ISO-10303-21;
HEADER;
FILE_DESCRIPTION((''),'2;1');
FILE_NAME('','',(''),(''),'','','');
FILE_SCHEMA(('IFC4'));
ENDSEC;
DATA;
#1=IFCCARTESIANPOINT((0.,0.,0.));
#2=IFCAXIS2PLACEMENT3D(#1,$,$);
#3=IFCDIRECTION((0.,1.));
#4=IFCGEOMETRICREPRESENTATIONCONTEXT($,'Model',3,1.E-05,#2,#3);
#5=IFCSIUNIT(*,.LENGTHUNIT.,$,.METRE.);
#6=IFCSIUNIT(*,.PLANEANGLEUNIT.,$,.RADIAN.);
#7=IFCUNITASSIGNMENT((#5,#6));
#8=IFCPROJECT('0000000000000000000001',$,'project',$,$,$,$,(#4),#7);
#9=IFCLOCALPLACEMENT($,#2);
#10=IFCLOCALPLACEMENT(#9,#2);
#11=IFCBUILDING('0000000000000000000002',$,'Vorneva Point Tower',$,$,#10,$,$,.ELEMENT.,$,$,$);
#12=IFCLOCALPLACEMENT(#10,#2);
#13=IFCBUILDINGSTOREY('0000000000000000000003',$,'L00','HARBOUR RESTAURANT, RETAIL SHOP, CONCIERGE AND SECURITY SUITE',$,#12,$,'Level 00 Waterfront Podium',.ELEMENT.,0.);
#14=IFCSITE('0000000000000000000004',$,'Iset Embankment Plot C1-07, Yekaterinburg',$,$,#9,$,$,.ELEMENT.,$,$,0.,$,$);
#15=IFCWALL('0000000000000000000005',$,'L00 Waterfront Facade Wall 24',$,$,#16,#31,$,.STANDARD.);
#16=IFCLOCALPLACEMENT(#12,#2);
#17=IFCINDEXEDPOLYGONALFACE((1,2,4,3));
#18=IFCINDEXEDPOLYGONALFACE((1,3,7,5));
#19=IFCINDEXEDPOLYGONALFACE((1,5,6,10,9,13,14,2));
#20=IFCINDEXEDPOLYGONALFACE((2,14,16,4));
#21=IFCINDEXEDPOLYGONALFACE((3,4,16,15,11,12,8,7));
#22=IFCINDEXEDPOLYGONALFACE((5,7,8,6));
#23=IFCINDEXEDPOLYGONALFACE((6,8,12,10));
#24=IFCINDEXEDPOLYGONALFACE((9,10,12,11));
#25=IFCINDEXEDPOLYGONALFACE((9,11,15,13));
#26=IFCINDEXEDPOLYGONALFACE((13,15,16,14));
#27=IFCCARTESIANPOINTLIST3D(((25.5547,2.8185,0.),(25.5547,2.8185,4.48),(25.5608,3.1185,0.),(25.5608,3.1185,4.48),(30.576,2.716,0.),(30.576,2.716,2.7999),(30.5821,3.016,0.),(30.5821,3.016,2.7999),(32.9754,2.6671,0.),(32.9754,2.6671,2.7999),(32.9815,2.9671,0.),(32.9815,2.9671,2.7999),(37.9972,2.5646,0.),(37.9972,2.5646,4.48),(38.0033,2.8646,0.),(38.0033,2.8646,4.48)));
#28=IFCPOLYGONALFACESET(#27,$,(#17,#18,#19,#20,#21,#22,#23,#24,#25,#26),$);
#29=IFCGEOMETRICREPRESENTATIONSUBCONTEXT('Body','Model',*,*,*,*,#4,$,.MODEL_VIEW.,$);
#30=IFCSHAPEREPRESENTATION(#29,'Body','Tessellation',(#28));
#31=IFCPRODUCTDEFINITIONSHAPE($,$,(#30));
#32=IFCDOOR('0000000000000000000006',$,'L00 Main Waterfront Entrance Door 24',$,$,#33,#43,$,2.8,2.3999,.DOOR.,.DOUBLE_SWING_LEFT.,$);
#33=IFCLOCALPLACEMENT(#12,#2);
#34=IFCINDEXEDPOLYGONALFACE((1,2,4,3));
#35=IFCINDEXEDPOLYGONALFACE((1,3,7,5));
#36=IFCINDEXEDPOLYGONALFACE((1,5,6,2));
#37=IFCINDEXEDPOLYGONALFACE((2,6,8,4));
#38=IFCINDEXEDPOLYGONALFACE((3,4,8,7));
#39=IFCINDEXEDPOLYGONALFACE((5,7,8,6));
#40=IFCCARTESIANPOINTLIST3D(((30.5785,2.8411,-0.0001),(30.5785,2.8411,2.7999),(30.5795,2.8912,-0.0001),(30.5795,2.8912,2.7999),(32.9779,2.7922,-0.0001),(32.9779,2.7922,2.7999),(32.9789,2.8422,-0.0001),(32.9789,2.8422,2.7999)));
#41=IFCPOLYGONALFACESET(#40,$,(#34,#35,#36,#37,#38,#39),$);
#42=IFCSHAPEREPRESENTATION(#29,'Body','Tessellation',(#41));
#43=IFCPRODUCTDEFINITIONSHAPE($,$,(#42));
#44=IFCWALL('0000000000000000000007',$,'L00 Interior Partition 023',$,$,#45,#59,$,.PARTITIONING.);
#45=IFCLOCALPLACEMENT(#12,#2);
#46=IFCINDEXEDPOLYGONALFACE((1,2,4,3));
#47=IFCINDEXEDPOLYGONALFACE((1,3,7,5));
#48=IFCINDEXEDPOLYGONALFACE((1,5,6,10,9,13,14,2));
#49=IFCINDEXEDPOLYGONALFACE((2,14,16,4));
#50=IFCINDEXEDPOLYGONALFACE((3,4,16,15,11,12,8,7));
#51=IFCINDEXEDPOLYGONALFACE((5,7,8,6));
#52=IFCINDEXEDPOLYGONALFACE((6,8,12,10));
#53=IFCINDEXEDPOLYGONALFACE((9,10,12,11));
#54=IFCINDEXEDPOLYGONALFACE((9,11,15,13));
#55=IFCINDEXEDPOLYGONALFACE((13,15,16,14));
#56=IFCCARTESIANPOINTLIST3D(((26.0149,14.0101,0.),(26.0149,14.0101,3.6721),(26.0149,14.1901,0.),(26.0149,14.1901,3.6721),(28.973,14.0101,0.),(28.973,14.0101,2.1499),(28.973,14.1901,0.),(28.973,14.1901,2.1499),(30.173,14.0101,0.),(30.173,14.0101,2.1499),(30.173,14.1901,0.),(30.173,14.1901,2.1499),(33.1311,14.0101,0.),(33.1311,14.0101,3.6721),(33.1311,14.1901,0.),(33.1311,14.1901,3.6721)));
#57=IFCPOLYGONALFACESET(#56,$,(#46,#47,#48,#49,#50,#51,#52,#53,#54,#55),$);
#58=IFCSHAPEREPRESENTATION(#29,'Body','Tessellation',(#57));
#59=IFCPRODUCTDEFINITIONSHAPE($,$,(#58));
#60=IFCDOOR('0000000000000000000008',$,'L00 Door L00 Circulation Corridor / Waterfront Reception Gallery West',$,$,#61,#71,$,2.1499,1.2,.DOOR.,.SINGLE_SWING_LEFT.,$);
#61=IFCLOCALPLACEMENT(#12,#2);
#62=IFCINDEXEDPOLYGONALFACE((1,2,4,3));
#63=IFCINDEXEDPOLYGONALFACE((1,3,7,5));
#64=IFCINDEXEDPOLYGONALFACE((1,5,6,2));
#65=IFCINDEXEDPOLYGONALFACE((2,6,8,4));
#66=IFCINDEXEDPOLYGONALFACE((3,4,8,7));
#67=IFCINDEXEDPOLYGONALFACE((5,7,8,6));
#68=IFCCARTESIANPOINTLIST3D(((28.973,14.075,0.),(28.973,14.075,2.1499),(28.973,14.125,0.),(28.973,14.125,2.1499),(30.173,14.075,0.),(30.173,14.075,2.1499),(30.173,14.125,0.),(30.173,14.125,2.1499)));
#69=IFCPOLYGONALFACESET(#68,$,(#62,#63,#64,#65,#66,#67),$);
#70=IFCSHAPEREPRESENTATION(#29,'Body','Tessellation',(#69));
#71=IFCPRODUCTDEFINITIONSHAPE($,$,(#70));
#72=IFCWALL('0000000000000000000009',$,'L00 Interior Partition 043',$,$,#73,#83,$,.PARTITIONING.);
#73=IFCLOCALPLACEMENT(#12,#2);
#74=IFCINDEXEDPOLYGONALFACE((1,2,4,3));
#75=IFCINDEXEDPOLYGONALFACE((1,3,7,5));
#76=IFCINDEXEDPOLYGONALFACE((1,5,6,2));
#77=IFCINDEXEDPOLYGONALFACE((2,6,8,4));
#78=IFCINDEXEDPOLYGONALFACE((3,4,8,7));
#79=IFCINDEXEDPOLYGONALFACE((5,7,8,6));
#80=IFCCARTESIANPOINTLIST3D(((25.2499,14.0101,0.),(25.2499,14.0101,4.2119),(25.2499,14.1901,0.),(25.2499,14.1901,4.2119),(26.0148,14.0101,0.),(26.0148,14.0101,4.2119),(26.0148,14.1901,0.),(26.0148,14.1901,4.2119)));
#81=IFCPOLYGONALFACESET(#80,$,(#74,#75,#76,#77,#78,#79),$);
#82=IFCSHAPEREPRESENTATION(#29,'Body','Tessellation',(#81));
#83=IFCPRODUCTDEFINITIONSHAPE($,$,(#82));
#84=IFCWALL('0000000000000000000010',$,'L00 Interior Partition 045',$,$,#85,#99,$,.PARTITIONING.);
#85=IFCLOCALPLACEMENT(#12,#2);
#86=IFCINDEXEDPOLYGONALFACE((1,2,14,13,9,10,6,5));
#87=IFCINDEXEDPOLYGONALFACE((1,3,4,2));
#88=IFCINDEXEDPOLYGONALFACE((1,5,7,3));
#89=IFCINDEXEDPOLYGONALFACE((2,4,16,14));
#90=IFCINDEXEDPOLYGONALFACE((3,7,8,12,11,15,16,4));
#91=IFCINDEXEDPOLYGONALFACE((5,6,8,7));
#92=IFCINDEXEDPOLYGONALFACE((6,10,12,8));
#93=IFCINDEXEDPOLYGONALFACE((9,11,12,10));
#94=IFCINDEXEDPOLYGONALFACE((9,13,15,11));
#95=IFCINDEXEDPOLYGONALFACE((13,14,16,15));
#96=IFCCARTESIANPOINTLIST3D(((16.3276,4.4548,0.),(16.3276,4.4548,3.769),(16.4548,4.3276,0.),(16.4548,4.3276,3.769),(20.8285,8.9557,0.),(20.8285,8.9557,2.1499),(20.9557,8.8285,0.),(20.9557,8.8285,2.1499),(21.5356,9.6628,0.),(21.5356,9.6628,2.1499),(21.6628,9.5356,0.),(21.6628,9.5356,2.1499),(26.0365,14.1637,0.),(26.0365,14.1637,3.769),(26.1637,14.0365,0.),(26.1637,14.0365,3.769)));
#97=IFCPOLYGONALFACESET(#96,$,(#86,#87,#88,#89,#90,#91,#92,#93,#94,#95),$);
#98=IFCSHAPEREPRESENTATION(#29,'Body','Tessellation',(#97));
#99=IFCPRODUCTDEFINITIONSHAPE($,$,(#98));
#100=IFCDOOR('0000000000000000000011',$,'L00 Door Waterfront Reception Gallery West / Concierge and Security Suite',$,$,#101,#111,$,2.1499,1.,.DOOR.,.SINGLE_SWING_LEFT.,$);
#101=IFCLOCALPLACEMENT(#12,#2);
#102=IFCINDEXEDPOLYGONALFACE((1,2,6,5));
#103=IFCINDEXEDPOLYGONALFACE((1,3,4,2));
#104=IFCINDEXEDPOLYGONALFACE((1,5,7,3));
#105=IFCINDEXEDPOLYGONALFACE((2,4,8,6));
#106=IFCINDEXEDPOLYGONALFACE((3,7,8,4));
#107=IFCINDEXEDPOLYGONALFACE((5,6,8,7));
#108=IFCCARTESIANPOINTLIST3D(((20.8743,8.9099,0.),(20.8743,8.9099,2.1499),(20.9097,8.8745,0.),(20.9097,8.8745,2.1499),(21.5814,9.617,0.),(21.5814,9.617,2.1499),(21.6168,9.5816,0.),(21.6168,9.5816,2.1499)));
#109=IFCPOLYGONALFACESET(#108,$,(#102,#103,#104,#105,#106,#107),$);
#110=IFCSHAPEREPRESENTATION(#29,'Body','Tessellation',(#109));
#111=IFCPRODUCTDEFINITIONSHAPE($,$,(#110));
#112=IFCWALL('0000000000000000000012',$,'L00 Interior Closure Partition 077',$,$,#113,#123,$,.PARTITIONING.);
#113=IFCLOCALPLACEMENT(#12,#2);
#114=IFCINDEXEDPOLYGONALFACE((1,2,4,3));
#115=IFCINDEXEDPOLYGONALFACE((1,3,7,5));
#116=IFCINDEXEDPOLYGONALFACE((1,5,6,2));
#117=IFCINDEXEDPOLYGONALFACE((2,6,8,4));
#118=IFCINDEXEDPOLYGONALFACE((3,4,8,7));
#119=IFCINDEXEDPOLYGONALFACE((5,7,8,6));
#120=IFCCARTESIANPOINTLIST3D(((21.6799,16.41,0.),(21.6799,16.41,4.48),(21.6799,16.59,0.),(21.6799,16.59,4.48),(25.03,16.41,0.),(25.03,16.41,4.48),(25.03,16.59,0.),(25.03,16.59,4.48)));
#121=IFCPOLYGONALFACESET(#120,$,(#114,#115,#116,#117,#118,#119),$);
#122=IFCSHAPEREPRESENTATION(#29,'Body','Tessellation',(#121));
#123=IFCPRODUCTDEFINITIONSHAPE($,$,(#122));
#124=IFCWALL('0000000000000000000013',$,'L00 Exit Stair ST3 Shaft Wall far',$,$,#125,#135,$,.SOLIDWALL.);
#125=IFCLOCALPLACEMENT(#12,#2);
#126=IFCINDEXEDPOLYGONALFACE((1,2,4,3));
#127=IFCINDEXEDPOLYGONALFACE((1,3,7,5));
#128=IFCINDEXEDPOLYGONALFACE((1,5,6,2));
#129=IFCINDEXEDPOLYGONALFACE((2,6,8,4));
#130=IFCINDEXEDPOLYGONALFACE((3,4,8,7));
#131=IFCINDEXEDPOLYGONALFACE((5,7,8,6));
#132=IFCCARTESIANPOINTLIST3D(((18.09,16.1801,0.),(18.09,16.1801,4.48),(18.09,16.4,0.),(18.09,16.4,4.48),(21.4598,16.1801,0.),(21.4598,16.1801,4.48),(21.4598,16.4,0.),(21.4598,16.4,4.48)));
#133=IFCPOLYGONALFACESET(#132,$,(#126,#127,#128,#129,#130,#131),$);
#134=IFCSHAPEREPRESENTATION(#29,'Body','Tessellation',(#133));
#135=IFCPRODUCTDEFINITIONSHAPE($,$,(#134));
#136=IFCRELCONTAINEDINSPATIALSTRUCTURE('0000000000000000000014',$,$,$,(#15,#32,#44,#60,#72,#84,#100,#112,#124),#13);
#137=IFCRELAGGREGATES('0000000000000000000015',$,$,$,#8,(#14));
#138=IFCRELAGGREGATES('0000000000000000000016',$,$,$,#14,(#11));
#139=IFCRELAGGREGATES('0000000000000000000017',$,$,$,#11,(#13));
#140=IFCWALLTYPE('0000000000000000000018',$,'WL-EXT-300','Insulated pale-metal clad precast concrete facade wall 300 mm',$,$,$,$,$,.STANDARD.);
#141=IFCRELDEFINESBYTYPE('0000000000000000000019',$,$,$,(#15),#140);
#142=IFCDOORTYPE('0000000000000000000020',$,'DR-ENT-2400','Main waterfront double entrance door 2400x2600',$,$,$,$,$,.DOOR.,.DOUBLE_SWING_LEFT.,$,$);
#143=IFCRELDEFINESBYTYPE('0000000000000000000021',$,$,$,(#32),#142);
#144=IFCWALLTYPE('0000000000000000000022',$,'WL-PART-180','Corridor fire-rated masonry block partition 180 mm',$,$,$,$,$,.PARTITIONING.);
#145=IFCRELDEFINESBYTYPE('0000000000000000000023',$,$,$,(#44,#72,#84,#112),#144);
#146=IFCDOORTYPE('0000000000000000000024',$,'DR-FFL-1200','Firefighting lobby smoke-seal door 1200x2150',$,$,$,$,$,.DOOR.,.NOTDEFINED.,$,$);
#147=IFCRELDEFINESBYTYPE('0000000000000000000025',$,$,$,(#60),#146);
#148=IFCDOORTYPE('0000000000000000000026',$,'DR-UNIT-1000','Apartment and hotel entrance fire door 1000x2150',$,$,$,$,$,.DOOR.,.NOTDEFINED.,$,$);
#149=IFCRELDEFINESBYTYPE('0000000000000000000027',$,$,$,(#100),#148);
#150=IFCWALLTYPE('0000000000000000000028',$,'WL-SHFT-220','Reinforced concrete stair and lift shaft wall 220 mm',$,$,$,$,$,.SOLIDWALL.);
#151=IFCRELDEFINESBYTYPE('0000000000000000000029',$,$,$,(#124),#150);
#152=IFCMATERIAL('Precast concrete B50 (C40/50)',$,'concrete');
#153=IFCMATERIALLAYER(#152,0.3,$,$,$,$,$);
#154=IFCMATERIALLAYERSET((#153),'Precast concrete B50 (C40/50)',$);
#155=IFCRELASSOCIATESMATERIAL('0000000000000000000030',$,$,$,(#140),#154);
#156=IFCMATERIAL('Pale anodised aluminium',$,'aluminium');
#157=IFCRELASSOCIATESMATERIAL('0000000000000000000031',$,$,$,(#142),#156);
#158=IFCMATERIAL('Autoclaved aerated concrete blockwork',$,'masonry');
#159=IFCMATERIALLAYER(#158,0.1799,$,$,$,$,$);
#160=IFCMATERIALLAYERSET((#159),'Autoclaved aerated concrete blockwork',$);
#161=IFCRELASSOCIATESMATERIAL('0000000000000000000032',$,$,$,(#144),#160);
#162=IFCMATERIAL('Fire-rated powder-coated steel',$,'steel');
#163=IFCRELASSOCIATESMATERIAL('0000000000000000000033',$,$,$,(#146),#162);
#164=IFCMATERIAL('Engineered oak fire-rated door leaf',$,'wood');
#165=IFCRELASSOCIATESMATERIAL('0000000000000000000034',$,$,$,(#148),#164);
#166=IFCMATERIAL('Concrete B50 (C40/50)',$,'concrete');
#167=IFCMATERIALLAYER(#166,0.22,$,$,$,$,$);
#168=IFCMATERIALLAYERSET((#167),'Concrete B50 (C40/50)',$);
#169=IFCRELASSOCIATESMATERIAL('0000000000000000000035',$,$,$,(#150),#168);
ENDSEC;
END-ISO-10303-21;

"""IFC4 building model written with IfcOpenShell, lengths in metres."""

from ifc_helpers import new_model, si_unit, direction, frame, frame_2d, origin, place, context, subcontext, project, spatial, rectangle, extrude, material, layer, layer_set, type_object, element, fill, save


model = new_model("IFC4")

# Units and contexts
model_context = context("Model", 3, precision=1e-05, world=origin(), true_north=direction((0.0, 1.0)))
body_context = subcontext(model_context, "Body", "Model", "MODEL_VIEW")
ifc_project = project(units=[si_unit("LENGTHUNIT", "METRE"), si_unit("PLANEANGLEUNIT", "RADIAN")], contexts=[model_context])

# Site, building, storey
site_placement = place(None, origin())
site = spatial("IfcSite", under=ifc_project, at=site_placement, Name="Iset Embankment Plot C1-07, Yekaterinburg", CompositionType="ELEMENT", RefElevation=0.0)
building_placement = place(site_placement, origin())
building = spatial("IfcBuilding", under=site, at=building_placement, Name="Vorneva Point Tower", CompositionType="ELEMENT")
storey_placement = place(building_placement, origin())
storey = spatial("IfcBuildingStorey", under=building, at=storey_placement, Name="L00", Description="HARBOUR RESTAURANT, RETAIL SHOP, CONCIERGE AND SECURITY SUITE", LongName="Level 00 Waterfront Podium", CompositionType="ELEMENT", Elevation=0.0)

# Shared definitions
ifc_material_1 = material(Name="Pale anodised aluminium", Category="aluminium")

# Walls, openings, doors
ifc_material_2 = material(Name="Precast concrete B50 (C40/50)", Category="concrete")
ifc_layer_1 = layer(ifc_material_2, 0.3)
ifc_layer_set_1 = layer_set([ifc_layer_1], Name="Precast concrete B50 (C40/50)")
wall_type_1 = type_object("IfcWallType", Name="WL-EXT-300", Description="Insulated pale-metal clad precast concrete facade wall 300 mm", PredefinedType="STANDARD", material=ifc_layer_set_1)
wall_1_placement = place(storey_placement, frame((25.5576, 2.9685, 0.0), z_axis=(0.0, 0.0, 1.0), x_axis=(0.999792, -0.020402, 0.0)))
wall_1 = element("IfcWall", 1, at=wall_1_placement, inside=storey, type_object=wall_type_1, Name="L00 Waterfront Facade Wall 24", PredefinedType="STANDARD", context=body_context, shape_type="SweptSolid", body=[
    extrude(rectangle(XDim=12.4451, YDim=0.3, at=frame_2d((6.2227, 0.0))), origin(), (0.0, 0.0, 1.0), 4.48),
])
opening_1_placement = place(wall_1_placement, frame((5.0225, 0.0, 0.0)))
opening_1 = element("IfcOpeningElement", 2, at=opening_1_placement, cuts=wall_1, PredefinedType="OPENING", context=body_context, shape_type="SweptSolid", body=[
    extrude(rectangle(XDim=2.3999, YDim=2.8, at=frame_2d((1.2, 1.3999))), frame((0.0, 0.165, 0.0), z_axis=(0.0, -1.0, 0.0), x_axis=(1.0, 0.0, 0.0)), (0.0, 0.0, 1.0), 0.3298),
])
door_type_1 = type_object("IfcDoorType", Name="DR-ENT-2400", Description="Main waterfront double entrance door 2400x2600", OperationType="DOUBLE_SWING_LEFT", PredefinedType="DOOR", material=ifc_material_1)
door_1_placement = place(opening_1_placement, frame((2.3999, 0.0, 0.0), z_axis=(0.0, 0.0, 1.0), x_axis=(-1.0, 0.0, 0.0)))
door_1 = element("IfcDoor", 3, at=door_1_placement, inside=storey, type_object=door_type_1, Name="L00 Main Waterfront Entrance Door 24", OperationType="DOUBLE_SWING_LEFT", OverallHeight=2.8, OverallWidth=2.3999, PredefinedType="DOOR", context=body_context, shape_type="SweptSolid", body=[
    extrude(rectangle(XDim=2.3999, YDim=2.8, at=frame_2d((1.2, 1.3999))), frame((0.0, 0.0249, 0.0), z_axis=(0.0, -1.0, 0.0), x_axis=(1.0, 0.0, 0.0)), (0.0, 0.0, 1.0), 0.05),
])
fill(opening_1, door_1)
ifc_material_3 = material(Name="Autoclaved aerated concrete blockwork", Category="masonry")
ifc_layer_2 = layer(ifc_material_3, 0.1799)
ifc_layer_set_2 = layer_set([ifc_layer_2], Name="Autoclaved aerated concrete blockwork")
wall_type_2 = type_object("IfcWallType", Name="WL-PART-180", Description="Corridor fire-rated masonry block partition 180 mm", PredefinedType="PARTITIONING", material=ifc_layer_set_2)
wall_2_placement = place(storey_placement, frame((26.0149, 14.1001, 0.0), z_axis=(0.0, 0.0, 1.0), x_axis=(1.0, 0.0, 0.0)))
wall_2 = element("IfcWall", 4, at=wall_2_placement, inside=storey, type_object=wall_type_2, Name="L00 Interior Partition 023", PredefinedType="PARTITIONING", context=body_context, shape_type="SweptSolid", body=[
    extrude(rectangle(XDim=7.1162, YDim=0.1799, at=frame_2d((3.5581, 0.0))), origin(), (0.0, 0.0, 1.0), 3.6721),
])
opening_2_placement = place(wall_2_placement, frame((2.958, 0.0, 0.0)))
opening_2 = element("IfcOpeningElement", 5, at=opening_2_placement, cuts=wall_2, PredefinedType="OPENING", context=body_context, shape_type="SweptSolid", body=[
    extrude(rectangle(XDim=1.2, YDim=2.1499, at=frame_2d((0.6001, 1.075))), frame((0.0, 0.105, 0.0), z_axis=(0.0, -1.0, 0.0), x_axis=(1.0, 0.0, 0.0)), (0.0, 0.0, 1.0), 0.2097),
])
ifc_material_4 = material(Name="Fire-rated powder-coated steel", Category="steel")
door_type_2 = type_object("IfcDoorType", Name="DR-FFL-1200", Description="Firefighting lobby smoke-seal door 1200x2150", OperationType="NOTDEFINED", PredefinedType="DOOR", material=ifc_material_4)
door_2_placement = place(opening_2_placement, origin())
door_2 = element("IfcDoor", 6, at=door_2_placement, inside=storey, type_object=door_type_2, Name="L00 Door L00 Circulation Corridor / Waterfront Reception Gallery West", OperationType="SINGLE_SWING_LEFT", OverallHeight=2.1499, OverallWidth=1.2, PredefinedType="DOOR", context=body_context, shape_type="SweptSolid", body=[
    extrude(rectangle(XDim=1.2, YDim=2.1499, at=frame_2d((0.6001, 1.075))), frame((0.0, 0.0249, 0.0), z_axis=(0.0, -1.0, 0.0), x_axis=(1.0, 0.0, 0.0)), (0.0, 0.0, 1.0), 0.05),
])
fill(opening_2, door_2)
ifc_material_5 = material(Name="Engineered oak fire-rated door leaf", Category="wood")
door_type_3 = type_object("IfcDoorType", Name="DR-UNIT-1000", Description="Apartment and hotel entrance fire door 1000x2150", OperationType="NOTDEFINED", PredefinedType="DOOR", material=ifc_material_5)

# Wall
wall_3_placement = place(storey_placement, frame((25.25, 14.1001, 0.0), z_axis=(0.0, 0.0, 1.0), x_axis=(1.0, 0.0, 0.0)))
element("IfcWall", 7, at=wall_3_placement, inside=storey, type_object=wall_type_2, Name="L00 Interior Partition 043", PredefinedType="PARTITIONING", context=body_context, shape_type="SweptSolid", body=[
    extrude(rectangle(XDim=0.7649, YDim=0.1799, at=frame_2d((0.3823, 0.0))), origin(), (0.0, 0.0, 1.0), 4.2119),
])

# Wall, opening, door
wall_4_placement = place(storey_placement, frame((26.1001, 14.1001, 0.0), z_axis=(0.0, 0.0, 1.0), x_axis=(-0.707107, -0.707107, 0.0)))
wall_4 = element("IfcWall", 8, at=wall_4_placement, inside=storey, type_object=wall_type_2, Name="L00 Interior Partition 045", PredefinedType="PARTITIONING", context=body_context, shape_type="SweptSolid", body=[
    extrude(rectangle(XDim=13.7305, YDim=0.1799, at=frame_2d((6.8652, 0.0))), origin(), (0.0, 0.0, 1.0), 3.769),
])
opening_3_placement = place(wall_4_placement, frame((6.3652, 0.0, 0.0)))
opening_3 = element("IfcOpeningElement", 9, at=opening_3_placement, cuts=wall_4, PredefinedType="OPENING", context=body_context, shape_type="SweptSolid", body=[
    extrude(rectangle(XDim=1.0, YDim=2.1499, at=frame_2d((0.5, 1.075))), frame((0.0, 0.105, 0.0), z_axis=(0.0, -1.0, 0.0), x_axis=(1.0, 0.0, 0.0)), (0.0, 0.0, 1.0), 0.2097),
])
door_3_placement = place(opening_3_placement, origin())
door_3 = element("IfcDoor", 10, at=door_3_placement, inside=storey, type_object=door_type_3, Name="L00 Door Waterfront Reception Gallery West / Concierge and Security Suite", OperationType="SINGLE_SWING_LEFT", OverallHeight=2.1499, OverallWidth=1.0, PredefinedType="DOOR", context=body_context, shape_type="SweptSolid", body=[
    extrude(rectangle(XDim=1.0, YDim=2.1499, at=frame_2d((0.5, 1.075))), frame((0.0, 0.0249, 0.0), z_axis=(0.0, -1.0, 0.0), x_axis=(1.0, 0.0, 0.0)), (0.0, 0.0, 1.0), 0.05),
])
fill(opening_3, door_3)

# Walls
wall_5_placement = place(storey_placement, frame((21.6799, 16.5, 0.0), z_axis=(0.0, 0.0, 1.0), x_axis=(1.0, 0.0, 0.0)))
element("IfcWall", 11, at=wall_5_placement, inside=storey, type_object=wall_type_2, Name="L00 Interior Closure Partition 077", PredefinedType="PARTITIONING", context=body_context, shape_type="SweptSolid", body=[
    extrude(rectangle(XDim=3.3501, YDim=0.1799, at=frame_2d((1.675, 0.0))), origin(), (0.0, 0.0, 1.0), 4.48),
])
ifc_material_6 = material(Name="Concrete B50 (C40/50)", Category="concrete")
ifc_layer_3 = layer(ifc_material_6, 0.22)
ifc_layer_set_3 = layer_set([ifc_layer_3], Name="Concrete B50 (C40/50)")
wall_type_3 = type_object("IfcWallType", Name="WL-SHFT-220", Description="Reinforced concrete stair and lift shaft wall 220 mm", PredefinedType="SOLIDWALL", material=ifc_layer_set_3)
wall_6_placement = place(storey_placement, frame((21.46, 16.29, 0.0), z_axis=(0.0, 0.0, 1.0), x_axis=(-1.0, 0.0, 0.0)))
element("IfcWall", 12, at=wall_6_placement, inside=storey, type_object=wall_type_3, Name="L00 Exit Stair ST3 Shaft Wall far", PredefinedType="SOLIDWALL", context=body_context, shape_type="SweptSolid", body=[
    extrude(rectangle(XDim=3.3699, YDim=0.22, at=frame_2d((1.6851, 0.0))), origin(), (0.0, 0.0, 1.0), 4.48),
])

save(model, "model.ifc")
